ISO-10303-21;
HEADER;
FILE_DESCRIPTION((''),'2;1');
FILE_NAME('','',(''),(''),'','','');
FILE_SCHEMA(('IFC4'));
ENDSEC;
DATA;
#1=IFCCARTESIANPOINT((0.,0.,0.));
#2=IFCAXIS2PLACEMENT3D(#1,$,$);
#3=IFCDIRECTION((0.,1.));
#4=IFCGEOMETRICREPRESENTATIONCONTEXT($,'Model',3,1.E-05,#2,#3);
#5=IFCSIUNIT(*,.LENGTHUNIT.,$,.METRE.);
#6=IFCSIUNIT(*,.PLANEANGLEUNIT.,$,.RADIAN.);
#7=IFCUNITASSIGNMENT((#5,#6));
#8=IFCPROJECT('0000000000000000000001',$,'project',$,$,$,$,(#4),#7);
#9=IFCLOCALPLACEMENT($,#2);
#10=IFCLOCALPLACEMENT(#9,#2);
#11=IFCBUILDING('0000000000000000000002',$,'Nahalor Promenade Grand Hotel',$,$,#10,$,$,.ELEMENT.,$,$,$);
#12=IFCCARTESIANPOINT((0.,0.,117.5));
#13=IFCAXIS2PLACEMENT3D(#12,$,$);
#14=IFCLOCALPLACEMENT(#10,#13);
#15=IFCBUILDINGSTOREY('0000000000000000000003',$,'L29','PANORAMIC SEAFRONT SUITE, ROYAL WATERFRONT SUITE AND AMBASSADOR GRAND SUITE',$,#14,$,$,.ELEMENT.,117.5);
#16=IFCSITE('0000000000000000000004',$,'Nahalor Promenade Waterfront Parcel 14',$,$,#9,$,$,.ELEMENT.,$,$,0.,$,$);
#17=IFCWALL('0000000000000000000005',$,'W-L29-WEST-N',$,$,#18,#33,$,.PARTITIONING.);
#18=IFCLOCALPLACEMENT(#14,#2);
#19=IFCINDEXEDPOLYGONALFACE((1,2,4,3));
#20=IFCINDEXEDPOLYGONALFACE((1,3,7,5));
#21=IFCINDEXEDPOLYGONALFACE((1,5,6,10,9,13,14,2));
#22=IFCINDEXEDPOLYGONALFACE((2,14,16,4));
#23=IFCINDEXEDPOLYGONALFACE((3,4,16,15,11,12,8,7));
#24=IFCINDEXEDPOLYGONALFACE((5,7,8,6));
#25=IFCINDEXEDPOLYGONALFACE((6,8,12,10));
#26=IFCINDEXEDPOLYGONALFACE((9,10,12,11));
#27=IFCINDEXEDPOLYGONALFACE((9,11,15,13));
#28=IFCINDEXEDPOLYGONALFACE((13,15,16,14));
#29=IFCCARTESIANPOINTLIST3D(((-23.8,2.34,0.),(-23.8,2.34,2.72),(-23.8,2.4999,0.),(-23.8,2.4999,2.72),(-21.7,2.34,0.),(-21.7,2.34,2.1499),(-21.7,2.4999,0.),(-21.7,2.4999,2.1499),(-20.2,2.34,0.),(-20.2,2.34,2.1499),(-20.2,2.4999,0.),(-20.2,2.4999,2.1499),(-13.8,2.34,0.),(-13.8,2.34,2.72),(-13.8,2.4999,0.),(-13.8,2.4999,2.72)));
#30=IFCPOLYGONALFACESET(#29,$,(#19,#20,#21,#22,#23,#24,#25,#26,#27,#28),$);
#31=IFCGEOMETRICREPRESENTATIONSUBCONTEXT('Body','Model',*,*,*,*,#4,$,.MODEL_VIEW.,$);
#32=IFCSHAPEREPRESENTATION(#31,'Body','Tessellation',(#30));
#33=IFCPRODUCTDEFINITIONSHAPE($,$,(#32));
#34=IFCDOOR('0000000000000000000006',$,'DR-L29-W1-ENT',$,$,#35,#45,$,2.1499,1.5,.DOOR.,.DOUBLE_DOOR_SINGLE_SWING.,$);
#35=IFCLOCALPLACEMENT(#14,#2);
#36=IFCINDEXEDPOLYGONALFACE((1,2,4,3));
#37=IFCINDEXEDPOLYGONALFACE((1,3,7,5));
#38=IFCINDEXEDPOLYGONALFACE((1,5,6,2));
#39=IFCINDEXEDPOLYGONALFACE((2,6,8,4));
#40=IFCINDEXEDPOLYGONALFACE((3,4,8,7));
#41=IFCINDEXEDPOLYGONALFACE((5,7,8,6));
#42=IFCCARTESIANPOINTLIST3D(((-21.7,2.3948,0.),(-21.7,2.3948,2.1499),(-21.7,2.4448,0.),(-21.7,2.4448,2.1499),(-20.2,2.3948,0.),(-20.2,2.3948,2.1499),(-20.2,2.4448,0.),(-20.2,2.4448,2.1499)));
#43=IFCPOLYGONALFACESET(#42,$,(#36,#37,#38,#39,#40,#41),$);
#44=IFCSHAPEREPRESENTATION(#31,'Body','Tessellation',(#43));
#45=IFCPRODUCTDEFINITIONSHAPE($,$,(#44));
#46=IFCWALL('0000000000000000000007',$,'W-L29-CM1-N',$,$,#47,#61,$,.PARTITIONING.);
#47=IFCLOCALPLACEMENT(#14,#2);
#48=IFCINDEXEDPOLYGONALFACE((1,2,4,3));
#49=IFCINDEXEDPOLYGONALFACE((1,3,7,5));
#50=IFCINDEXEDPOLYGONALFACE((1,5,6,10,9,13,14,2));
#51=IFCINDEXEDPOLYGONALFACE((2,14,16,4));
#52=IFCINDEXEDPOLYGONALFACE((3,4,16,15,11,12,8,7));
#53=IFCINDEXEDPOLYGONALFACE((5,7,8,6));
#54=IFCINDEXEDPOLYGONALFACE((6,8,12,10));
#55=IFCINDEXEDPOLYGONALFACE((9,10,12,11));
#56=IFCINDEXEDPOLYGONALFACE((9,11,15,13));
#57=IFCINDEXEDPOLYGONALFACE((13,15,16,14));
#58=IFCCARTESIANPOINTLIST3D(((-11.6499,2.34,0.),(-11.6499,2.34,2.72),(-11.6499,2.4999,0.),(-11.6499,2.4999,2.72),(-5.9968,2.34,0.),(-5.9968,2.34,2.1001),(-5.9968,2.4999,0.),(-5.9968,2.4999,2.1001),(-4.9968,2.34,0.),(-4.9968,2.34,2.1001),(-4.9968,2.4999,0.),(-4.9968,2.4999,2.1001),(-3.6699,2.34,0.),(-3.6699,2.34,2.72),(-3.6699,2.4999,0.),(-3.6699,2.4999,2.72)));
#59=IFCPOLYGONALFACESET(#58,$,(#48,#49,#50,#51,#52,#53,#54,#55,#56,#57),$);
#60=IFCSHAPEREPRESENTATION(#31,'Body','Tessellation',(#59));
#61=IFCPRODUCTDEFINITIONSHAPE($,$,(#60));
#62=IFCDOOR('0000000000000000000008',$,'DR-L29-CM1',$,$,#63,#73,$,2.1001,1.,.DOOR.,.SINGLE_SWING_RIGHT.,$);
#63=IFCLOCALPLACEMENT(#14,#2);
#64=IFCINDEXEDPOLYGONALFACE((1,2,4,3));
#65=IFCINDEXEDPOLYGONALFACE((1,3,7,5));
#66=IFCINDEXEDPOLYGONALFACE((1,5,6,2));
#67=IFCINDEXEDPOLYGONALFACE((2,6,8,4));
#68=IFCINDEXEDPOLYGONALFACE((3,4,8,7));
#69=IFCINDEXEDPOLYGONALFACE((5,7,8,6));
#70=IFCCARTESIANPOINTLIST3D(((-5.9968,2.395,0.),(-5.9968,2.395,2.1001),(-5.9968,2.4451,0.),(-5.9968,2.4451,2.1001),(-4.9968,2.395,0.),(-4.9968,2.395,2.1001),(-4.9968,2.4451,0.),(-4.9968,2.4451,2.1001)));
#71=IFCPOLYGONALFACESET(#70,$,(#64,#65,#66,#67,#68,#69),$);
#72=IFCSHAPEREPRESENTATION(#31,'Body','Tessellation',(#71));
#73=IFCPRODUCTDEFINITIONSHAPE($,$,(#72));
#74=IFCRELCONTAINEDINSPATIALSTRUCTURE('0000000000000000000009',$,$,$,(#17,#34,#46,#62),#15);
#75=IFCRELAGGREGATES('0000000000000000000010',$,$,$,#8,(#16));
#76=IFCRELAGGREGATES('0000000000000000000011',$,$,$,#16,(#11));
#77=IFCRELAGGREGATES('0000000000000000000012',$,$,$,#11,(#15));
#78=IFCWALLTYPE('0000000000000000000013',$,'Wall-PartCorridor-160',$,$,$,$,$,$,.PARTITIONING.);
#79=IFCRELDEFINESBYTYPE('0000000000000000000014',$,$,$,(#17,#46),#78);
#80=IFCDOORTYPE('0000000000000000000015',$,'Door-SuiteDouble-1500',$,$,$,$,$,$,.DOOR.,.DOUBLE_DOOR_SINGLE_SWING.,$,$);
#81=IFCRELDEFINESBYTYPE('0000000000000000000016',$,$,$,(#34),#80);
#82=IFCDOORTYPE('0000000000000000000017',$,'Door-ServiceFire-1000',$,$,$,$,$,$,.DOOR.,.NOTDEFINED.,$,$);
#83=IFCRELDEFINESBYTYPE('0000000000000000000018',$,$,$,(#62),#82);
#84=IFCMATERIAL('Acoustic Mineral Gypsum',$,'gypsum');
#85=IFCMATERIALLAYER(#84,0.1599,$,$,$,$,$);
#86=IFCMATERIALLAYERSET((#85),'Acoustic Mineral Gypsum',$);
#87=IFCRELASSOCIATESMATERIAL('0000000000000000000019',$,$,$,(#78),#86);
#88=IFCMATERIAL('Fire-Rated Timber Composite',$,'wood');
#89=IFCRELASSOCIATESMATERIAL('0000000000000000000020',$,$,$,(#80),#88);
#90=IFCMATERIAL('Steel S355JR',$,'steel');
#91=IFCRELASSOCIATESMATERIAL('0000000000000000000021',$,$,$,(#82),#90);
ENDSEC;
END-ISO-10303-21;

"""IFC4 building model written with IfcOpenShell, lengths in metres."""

from ifc_helpers import new_model, si_unit, direction, frame, frame_2d, origin, place, context, subcontext, project, spatial, rectangle, extrude, source, transform, mapped, material, layer, layer_set, type_object, element, fill, save


model = new_model("IFC4")

# Units and contexts
model_context = context("Model", 3, precision=1e-05, world=origin(), true_north=direction((0.0, 1.0)))
body_context = subcontext(model_context, "Body", "Model", "MODEL_VIEW")
ifc_project = project(units=[si_unit("LENGTHUNIT", "METRE"), si_unit("PLANEANGLEUNIT", "RADIAN")], contexts=[model_context])

# Site, building, storey
site_placement = place(None, origin())
site = spatial("IfcSite", under=ifc_project, at=site_placement, Name="Nahalor Promenade Waterfront Parcel 14", CompositionType="ELEMENT", RefElevation=0.0)
building_placement = place(site_placement, origin())
building = spatial("IfcBuilding", under=site, at=building_placement, Name="Nahalor Promenade Grand Hotel", CompositionType="ELEMENT")
storey_placement = place(building_placement, frame((0.0, 0.0, 117.5)))
storey = spatial("IfcBuildingStorey", under=building, at=storey_placement, Name="L29", Description="PANORAMIC SEAFRONT SUITE, ROYAL WATERFRONT SUITE AND AMBASSADOR GRAND SUITE", CompositionType="ELEMENT", Elevation=117.5)

# Shared definitions
ifc_material_1 = material(Name="Steel S355JR", Category="steel")

# Shared definitions
ifc_material_2 = material(Name="Acoustic Mineral Gypsum", Category="gypsum")
ifc_layer_1 = layer(ifc_material_2, 0.1599)
ifc_layer_set_1 = layer_set([ifc_layer_1], Name="Acoustic Mineral Gypsum")
wall_type_1 = type_object("IfcWallType", Name="Wall-PartCorridor-160", PredefinedType="PARTITIONING", material=ifc_layer_set_1)
ifc_material_3 = material(Name="Fire-Rated Timber Composite", Category="wood")
door_type_1 = type_object("IfcDoorType", Name="Door-SuiteDouble-1500", OperationType="DOUBLE_DOOR_SINGLE_SWING", PredefinedType="DOOR", material=ifc_material_3)
shared_shape_1 = source(origin(), body_context, "Body", "SweptSolid", [
    extrude(rectangle(XDim=1.5, YDim=2.1499, at=frame_2d((0.75, 1.075))), frame((0.0, 0.0249, 0.0), z_axis=(0.0, -1.0, 0.0), x_axis=(1.0, 0.0, 0.0)), (0.0, 0.0, 1.0), 0.05),
])

# Walls, openings, doors
shared_shape_2 = source(origin(), body_context, "Body", "SweptSolid", [
    extrude(rectangle(XDim=10.0, YDim=0.1599, at=frame_2d((5.0, 0.0))), origin(), (0.0, 0.0, 1.0), 2.72),
])
wall_1_placement = place(storey_placement, frame((-23.8, 2.4199, 0.0), z_axis=(0.0, 0.0, 1.0), x_axis=(1.0, 0.0, 0.0)))
wall_1 = element("IfcWall", 1, at=wall_1_placement, inside=storey, type_object=wall_type_1, Name="W-L29-WEST-N", PredefinedType="PARTITIONING", context=body_context, shape_type="MappedRepresentation", body=[
    mapped(shared_shape_2, transform((0.0, 0.0, 0.0), scale=1.0)),
])
opening_1_placement = place(wall_1_placement, frame((2.1001, 0.0, 0.0)))
opening_1 = element("IfcOpeningElement", 2, at=opening_1_placement, cuts=wall_1, PredefinedType="OPENING", context=body_context, shape_type="SweptSolid", body=[
    extrude(rectangle(XDim=1.5, YDim=2.1499, at=frame_2d((0.75, 1.075))), frame((0.0, 0.0898, 0.0), z_axis=(0.0, -1.0, 0.0), x_axis=(1.0, 0.0, 0.0)), (0.0, 0.0, 1.0), 0.1799),
])
door_1_placement = place(opening_1_placement, origin())
door_1 = element("IfcDoor", 3, at=door_1_placement, inside=storey, type_object=door_type_1, Name="DR-L29-W1-ENT", OperationType="DOUBLE_DOOR_SINGLE_SWING", OverallHeight=2.1499, OverallWidth=1.5, PredefinedType="DOOR", context=body_context, shape_type="MappedRepresentation", body=[
    mapped(shared_shape_1, transform((0.0, 0.0, 0.0), scale=1.0)),
])
fill(opening_1, door_1)
shared_shape_3 = source(origin(), body_context, "Body", "SweptSolid", [
    extrude(rectangle(XDim=7.98, YDim=0.1599, at=frame_2d((3.99, 0.0))), origin(), (0.0, 0.0, 1.0), 2.72),
])
wall_2_placement = place(storey_placement, frame((-11.6499, 2.4199, 0.0), z_axis=(0.0, 0.0, 1.0), x_axis=(1.0, 0.0, 0.0)))
wall_2 = element("IfcWall", 4, at=wall_2_placement, inside=storey, type_object=wall_type_1, Name="W-L29-CM1-N", PredefinedType="PARTITIONING", context=body_context, shape_type="MappedRepresentation", body=[
    mapped(shared_shape_3, transform((0.0, 0.0, 0.0), scale=1.0)),
])
opening_2_placement = place(wall_2_placement, frame((5.6531, 0.0, 0.0)))
opening_2 = element("IfcOpeningElement", 5, at=opening_2_placement, cuts=wall_2, PredefinedType="OPENING", context=body_context, shape_type="SweptSolid", body=[
    extrude(rectangle(XDim=1.0, YDim=2.1001, at=frame_2d((0.5, 1.05))), frame((0.0, 0.0898, 0.0), z_axis=(0.0, -1.0, 0.0), x_axis=(1.0, 0.0, 0.0)), (0.0, 0.0, 1.0), 0.1799),
])
door_type_2 = type_object("IfcDoorType", Name="Door-ServiceFire-1000", OperationType="NOTDEFINED", PredefinedType="DOOR", material=ifc_material_1)
shared_shape_4 = source(origin(), body_context, "Body", "SweptSolid", [
    extrude(rectangle(XDim=1.0, YDim=2.1001, at=frame_2d((0.5, 1.05))), frame((0.0, 0.0249, 0.0), z_axis=(0.0, -1.0, 0.0), x_axis=(1.0, 0.0, 0.0)), (0.0, 0.0, 1.0), 0.05),
])
door_2_placement = place(opening_2_placement, frame((1.0, 0.0, 0.0), z_axis=(0.0, 0.0, 1.0), x_axis=(-1.0, 0.0, 0.0)))
door_2 = element("IfcDoor", 6, at=door_2_placement, inside=storey, type_object=door_type_2, Name="DR-L29-CM1", OperationType="SINGLE_SWING_RIGHT", OverallHeight=2.1001, OverallWidth=1.0, PredefinedType="DOOR", context=body_context, shape_type="MappedRepresentation", body=[
    mapped(shared_shape_4, transform((0.0, 0.0, 0.0), scale=1.0)),
])
fill(opening_2, door_2)

save(model, "model.ifc")
